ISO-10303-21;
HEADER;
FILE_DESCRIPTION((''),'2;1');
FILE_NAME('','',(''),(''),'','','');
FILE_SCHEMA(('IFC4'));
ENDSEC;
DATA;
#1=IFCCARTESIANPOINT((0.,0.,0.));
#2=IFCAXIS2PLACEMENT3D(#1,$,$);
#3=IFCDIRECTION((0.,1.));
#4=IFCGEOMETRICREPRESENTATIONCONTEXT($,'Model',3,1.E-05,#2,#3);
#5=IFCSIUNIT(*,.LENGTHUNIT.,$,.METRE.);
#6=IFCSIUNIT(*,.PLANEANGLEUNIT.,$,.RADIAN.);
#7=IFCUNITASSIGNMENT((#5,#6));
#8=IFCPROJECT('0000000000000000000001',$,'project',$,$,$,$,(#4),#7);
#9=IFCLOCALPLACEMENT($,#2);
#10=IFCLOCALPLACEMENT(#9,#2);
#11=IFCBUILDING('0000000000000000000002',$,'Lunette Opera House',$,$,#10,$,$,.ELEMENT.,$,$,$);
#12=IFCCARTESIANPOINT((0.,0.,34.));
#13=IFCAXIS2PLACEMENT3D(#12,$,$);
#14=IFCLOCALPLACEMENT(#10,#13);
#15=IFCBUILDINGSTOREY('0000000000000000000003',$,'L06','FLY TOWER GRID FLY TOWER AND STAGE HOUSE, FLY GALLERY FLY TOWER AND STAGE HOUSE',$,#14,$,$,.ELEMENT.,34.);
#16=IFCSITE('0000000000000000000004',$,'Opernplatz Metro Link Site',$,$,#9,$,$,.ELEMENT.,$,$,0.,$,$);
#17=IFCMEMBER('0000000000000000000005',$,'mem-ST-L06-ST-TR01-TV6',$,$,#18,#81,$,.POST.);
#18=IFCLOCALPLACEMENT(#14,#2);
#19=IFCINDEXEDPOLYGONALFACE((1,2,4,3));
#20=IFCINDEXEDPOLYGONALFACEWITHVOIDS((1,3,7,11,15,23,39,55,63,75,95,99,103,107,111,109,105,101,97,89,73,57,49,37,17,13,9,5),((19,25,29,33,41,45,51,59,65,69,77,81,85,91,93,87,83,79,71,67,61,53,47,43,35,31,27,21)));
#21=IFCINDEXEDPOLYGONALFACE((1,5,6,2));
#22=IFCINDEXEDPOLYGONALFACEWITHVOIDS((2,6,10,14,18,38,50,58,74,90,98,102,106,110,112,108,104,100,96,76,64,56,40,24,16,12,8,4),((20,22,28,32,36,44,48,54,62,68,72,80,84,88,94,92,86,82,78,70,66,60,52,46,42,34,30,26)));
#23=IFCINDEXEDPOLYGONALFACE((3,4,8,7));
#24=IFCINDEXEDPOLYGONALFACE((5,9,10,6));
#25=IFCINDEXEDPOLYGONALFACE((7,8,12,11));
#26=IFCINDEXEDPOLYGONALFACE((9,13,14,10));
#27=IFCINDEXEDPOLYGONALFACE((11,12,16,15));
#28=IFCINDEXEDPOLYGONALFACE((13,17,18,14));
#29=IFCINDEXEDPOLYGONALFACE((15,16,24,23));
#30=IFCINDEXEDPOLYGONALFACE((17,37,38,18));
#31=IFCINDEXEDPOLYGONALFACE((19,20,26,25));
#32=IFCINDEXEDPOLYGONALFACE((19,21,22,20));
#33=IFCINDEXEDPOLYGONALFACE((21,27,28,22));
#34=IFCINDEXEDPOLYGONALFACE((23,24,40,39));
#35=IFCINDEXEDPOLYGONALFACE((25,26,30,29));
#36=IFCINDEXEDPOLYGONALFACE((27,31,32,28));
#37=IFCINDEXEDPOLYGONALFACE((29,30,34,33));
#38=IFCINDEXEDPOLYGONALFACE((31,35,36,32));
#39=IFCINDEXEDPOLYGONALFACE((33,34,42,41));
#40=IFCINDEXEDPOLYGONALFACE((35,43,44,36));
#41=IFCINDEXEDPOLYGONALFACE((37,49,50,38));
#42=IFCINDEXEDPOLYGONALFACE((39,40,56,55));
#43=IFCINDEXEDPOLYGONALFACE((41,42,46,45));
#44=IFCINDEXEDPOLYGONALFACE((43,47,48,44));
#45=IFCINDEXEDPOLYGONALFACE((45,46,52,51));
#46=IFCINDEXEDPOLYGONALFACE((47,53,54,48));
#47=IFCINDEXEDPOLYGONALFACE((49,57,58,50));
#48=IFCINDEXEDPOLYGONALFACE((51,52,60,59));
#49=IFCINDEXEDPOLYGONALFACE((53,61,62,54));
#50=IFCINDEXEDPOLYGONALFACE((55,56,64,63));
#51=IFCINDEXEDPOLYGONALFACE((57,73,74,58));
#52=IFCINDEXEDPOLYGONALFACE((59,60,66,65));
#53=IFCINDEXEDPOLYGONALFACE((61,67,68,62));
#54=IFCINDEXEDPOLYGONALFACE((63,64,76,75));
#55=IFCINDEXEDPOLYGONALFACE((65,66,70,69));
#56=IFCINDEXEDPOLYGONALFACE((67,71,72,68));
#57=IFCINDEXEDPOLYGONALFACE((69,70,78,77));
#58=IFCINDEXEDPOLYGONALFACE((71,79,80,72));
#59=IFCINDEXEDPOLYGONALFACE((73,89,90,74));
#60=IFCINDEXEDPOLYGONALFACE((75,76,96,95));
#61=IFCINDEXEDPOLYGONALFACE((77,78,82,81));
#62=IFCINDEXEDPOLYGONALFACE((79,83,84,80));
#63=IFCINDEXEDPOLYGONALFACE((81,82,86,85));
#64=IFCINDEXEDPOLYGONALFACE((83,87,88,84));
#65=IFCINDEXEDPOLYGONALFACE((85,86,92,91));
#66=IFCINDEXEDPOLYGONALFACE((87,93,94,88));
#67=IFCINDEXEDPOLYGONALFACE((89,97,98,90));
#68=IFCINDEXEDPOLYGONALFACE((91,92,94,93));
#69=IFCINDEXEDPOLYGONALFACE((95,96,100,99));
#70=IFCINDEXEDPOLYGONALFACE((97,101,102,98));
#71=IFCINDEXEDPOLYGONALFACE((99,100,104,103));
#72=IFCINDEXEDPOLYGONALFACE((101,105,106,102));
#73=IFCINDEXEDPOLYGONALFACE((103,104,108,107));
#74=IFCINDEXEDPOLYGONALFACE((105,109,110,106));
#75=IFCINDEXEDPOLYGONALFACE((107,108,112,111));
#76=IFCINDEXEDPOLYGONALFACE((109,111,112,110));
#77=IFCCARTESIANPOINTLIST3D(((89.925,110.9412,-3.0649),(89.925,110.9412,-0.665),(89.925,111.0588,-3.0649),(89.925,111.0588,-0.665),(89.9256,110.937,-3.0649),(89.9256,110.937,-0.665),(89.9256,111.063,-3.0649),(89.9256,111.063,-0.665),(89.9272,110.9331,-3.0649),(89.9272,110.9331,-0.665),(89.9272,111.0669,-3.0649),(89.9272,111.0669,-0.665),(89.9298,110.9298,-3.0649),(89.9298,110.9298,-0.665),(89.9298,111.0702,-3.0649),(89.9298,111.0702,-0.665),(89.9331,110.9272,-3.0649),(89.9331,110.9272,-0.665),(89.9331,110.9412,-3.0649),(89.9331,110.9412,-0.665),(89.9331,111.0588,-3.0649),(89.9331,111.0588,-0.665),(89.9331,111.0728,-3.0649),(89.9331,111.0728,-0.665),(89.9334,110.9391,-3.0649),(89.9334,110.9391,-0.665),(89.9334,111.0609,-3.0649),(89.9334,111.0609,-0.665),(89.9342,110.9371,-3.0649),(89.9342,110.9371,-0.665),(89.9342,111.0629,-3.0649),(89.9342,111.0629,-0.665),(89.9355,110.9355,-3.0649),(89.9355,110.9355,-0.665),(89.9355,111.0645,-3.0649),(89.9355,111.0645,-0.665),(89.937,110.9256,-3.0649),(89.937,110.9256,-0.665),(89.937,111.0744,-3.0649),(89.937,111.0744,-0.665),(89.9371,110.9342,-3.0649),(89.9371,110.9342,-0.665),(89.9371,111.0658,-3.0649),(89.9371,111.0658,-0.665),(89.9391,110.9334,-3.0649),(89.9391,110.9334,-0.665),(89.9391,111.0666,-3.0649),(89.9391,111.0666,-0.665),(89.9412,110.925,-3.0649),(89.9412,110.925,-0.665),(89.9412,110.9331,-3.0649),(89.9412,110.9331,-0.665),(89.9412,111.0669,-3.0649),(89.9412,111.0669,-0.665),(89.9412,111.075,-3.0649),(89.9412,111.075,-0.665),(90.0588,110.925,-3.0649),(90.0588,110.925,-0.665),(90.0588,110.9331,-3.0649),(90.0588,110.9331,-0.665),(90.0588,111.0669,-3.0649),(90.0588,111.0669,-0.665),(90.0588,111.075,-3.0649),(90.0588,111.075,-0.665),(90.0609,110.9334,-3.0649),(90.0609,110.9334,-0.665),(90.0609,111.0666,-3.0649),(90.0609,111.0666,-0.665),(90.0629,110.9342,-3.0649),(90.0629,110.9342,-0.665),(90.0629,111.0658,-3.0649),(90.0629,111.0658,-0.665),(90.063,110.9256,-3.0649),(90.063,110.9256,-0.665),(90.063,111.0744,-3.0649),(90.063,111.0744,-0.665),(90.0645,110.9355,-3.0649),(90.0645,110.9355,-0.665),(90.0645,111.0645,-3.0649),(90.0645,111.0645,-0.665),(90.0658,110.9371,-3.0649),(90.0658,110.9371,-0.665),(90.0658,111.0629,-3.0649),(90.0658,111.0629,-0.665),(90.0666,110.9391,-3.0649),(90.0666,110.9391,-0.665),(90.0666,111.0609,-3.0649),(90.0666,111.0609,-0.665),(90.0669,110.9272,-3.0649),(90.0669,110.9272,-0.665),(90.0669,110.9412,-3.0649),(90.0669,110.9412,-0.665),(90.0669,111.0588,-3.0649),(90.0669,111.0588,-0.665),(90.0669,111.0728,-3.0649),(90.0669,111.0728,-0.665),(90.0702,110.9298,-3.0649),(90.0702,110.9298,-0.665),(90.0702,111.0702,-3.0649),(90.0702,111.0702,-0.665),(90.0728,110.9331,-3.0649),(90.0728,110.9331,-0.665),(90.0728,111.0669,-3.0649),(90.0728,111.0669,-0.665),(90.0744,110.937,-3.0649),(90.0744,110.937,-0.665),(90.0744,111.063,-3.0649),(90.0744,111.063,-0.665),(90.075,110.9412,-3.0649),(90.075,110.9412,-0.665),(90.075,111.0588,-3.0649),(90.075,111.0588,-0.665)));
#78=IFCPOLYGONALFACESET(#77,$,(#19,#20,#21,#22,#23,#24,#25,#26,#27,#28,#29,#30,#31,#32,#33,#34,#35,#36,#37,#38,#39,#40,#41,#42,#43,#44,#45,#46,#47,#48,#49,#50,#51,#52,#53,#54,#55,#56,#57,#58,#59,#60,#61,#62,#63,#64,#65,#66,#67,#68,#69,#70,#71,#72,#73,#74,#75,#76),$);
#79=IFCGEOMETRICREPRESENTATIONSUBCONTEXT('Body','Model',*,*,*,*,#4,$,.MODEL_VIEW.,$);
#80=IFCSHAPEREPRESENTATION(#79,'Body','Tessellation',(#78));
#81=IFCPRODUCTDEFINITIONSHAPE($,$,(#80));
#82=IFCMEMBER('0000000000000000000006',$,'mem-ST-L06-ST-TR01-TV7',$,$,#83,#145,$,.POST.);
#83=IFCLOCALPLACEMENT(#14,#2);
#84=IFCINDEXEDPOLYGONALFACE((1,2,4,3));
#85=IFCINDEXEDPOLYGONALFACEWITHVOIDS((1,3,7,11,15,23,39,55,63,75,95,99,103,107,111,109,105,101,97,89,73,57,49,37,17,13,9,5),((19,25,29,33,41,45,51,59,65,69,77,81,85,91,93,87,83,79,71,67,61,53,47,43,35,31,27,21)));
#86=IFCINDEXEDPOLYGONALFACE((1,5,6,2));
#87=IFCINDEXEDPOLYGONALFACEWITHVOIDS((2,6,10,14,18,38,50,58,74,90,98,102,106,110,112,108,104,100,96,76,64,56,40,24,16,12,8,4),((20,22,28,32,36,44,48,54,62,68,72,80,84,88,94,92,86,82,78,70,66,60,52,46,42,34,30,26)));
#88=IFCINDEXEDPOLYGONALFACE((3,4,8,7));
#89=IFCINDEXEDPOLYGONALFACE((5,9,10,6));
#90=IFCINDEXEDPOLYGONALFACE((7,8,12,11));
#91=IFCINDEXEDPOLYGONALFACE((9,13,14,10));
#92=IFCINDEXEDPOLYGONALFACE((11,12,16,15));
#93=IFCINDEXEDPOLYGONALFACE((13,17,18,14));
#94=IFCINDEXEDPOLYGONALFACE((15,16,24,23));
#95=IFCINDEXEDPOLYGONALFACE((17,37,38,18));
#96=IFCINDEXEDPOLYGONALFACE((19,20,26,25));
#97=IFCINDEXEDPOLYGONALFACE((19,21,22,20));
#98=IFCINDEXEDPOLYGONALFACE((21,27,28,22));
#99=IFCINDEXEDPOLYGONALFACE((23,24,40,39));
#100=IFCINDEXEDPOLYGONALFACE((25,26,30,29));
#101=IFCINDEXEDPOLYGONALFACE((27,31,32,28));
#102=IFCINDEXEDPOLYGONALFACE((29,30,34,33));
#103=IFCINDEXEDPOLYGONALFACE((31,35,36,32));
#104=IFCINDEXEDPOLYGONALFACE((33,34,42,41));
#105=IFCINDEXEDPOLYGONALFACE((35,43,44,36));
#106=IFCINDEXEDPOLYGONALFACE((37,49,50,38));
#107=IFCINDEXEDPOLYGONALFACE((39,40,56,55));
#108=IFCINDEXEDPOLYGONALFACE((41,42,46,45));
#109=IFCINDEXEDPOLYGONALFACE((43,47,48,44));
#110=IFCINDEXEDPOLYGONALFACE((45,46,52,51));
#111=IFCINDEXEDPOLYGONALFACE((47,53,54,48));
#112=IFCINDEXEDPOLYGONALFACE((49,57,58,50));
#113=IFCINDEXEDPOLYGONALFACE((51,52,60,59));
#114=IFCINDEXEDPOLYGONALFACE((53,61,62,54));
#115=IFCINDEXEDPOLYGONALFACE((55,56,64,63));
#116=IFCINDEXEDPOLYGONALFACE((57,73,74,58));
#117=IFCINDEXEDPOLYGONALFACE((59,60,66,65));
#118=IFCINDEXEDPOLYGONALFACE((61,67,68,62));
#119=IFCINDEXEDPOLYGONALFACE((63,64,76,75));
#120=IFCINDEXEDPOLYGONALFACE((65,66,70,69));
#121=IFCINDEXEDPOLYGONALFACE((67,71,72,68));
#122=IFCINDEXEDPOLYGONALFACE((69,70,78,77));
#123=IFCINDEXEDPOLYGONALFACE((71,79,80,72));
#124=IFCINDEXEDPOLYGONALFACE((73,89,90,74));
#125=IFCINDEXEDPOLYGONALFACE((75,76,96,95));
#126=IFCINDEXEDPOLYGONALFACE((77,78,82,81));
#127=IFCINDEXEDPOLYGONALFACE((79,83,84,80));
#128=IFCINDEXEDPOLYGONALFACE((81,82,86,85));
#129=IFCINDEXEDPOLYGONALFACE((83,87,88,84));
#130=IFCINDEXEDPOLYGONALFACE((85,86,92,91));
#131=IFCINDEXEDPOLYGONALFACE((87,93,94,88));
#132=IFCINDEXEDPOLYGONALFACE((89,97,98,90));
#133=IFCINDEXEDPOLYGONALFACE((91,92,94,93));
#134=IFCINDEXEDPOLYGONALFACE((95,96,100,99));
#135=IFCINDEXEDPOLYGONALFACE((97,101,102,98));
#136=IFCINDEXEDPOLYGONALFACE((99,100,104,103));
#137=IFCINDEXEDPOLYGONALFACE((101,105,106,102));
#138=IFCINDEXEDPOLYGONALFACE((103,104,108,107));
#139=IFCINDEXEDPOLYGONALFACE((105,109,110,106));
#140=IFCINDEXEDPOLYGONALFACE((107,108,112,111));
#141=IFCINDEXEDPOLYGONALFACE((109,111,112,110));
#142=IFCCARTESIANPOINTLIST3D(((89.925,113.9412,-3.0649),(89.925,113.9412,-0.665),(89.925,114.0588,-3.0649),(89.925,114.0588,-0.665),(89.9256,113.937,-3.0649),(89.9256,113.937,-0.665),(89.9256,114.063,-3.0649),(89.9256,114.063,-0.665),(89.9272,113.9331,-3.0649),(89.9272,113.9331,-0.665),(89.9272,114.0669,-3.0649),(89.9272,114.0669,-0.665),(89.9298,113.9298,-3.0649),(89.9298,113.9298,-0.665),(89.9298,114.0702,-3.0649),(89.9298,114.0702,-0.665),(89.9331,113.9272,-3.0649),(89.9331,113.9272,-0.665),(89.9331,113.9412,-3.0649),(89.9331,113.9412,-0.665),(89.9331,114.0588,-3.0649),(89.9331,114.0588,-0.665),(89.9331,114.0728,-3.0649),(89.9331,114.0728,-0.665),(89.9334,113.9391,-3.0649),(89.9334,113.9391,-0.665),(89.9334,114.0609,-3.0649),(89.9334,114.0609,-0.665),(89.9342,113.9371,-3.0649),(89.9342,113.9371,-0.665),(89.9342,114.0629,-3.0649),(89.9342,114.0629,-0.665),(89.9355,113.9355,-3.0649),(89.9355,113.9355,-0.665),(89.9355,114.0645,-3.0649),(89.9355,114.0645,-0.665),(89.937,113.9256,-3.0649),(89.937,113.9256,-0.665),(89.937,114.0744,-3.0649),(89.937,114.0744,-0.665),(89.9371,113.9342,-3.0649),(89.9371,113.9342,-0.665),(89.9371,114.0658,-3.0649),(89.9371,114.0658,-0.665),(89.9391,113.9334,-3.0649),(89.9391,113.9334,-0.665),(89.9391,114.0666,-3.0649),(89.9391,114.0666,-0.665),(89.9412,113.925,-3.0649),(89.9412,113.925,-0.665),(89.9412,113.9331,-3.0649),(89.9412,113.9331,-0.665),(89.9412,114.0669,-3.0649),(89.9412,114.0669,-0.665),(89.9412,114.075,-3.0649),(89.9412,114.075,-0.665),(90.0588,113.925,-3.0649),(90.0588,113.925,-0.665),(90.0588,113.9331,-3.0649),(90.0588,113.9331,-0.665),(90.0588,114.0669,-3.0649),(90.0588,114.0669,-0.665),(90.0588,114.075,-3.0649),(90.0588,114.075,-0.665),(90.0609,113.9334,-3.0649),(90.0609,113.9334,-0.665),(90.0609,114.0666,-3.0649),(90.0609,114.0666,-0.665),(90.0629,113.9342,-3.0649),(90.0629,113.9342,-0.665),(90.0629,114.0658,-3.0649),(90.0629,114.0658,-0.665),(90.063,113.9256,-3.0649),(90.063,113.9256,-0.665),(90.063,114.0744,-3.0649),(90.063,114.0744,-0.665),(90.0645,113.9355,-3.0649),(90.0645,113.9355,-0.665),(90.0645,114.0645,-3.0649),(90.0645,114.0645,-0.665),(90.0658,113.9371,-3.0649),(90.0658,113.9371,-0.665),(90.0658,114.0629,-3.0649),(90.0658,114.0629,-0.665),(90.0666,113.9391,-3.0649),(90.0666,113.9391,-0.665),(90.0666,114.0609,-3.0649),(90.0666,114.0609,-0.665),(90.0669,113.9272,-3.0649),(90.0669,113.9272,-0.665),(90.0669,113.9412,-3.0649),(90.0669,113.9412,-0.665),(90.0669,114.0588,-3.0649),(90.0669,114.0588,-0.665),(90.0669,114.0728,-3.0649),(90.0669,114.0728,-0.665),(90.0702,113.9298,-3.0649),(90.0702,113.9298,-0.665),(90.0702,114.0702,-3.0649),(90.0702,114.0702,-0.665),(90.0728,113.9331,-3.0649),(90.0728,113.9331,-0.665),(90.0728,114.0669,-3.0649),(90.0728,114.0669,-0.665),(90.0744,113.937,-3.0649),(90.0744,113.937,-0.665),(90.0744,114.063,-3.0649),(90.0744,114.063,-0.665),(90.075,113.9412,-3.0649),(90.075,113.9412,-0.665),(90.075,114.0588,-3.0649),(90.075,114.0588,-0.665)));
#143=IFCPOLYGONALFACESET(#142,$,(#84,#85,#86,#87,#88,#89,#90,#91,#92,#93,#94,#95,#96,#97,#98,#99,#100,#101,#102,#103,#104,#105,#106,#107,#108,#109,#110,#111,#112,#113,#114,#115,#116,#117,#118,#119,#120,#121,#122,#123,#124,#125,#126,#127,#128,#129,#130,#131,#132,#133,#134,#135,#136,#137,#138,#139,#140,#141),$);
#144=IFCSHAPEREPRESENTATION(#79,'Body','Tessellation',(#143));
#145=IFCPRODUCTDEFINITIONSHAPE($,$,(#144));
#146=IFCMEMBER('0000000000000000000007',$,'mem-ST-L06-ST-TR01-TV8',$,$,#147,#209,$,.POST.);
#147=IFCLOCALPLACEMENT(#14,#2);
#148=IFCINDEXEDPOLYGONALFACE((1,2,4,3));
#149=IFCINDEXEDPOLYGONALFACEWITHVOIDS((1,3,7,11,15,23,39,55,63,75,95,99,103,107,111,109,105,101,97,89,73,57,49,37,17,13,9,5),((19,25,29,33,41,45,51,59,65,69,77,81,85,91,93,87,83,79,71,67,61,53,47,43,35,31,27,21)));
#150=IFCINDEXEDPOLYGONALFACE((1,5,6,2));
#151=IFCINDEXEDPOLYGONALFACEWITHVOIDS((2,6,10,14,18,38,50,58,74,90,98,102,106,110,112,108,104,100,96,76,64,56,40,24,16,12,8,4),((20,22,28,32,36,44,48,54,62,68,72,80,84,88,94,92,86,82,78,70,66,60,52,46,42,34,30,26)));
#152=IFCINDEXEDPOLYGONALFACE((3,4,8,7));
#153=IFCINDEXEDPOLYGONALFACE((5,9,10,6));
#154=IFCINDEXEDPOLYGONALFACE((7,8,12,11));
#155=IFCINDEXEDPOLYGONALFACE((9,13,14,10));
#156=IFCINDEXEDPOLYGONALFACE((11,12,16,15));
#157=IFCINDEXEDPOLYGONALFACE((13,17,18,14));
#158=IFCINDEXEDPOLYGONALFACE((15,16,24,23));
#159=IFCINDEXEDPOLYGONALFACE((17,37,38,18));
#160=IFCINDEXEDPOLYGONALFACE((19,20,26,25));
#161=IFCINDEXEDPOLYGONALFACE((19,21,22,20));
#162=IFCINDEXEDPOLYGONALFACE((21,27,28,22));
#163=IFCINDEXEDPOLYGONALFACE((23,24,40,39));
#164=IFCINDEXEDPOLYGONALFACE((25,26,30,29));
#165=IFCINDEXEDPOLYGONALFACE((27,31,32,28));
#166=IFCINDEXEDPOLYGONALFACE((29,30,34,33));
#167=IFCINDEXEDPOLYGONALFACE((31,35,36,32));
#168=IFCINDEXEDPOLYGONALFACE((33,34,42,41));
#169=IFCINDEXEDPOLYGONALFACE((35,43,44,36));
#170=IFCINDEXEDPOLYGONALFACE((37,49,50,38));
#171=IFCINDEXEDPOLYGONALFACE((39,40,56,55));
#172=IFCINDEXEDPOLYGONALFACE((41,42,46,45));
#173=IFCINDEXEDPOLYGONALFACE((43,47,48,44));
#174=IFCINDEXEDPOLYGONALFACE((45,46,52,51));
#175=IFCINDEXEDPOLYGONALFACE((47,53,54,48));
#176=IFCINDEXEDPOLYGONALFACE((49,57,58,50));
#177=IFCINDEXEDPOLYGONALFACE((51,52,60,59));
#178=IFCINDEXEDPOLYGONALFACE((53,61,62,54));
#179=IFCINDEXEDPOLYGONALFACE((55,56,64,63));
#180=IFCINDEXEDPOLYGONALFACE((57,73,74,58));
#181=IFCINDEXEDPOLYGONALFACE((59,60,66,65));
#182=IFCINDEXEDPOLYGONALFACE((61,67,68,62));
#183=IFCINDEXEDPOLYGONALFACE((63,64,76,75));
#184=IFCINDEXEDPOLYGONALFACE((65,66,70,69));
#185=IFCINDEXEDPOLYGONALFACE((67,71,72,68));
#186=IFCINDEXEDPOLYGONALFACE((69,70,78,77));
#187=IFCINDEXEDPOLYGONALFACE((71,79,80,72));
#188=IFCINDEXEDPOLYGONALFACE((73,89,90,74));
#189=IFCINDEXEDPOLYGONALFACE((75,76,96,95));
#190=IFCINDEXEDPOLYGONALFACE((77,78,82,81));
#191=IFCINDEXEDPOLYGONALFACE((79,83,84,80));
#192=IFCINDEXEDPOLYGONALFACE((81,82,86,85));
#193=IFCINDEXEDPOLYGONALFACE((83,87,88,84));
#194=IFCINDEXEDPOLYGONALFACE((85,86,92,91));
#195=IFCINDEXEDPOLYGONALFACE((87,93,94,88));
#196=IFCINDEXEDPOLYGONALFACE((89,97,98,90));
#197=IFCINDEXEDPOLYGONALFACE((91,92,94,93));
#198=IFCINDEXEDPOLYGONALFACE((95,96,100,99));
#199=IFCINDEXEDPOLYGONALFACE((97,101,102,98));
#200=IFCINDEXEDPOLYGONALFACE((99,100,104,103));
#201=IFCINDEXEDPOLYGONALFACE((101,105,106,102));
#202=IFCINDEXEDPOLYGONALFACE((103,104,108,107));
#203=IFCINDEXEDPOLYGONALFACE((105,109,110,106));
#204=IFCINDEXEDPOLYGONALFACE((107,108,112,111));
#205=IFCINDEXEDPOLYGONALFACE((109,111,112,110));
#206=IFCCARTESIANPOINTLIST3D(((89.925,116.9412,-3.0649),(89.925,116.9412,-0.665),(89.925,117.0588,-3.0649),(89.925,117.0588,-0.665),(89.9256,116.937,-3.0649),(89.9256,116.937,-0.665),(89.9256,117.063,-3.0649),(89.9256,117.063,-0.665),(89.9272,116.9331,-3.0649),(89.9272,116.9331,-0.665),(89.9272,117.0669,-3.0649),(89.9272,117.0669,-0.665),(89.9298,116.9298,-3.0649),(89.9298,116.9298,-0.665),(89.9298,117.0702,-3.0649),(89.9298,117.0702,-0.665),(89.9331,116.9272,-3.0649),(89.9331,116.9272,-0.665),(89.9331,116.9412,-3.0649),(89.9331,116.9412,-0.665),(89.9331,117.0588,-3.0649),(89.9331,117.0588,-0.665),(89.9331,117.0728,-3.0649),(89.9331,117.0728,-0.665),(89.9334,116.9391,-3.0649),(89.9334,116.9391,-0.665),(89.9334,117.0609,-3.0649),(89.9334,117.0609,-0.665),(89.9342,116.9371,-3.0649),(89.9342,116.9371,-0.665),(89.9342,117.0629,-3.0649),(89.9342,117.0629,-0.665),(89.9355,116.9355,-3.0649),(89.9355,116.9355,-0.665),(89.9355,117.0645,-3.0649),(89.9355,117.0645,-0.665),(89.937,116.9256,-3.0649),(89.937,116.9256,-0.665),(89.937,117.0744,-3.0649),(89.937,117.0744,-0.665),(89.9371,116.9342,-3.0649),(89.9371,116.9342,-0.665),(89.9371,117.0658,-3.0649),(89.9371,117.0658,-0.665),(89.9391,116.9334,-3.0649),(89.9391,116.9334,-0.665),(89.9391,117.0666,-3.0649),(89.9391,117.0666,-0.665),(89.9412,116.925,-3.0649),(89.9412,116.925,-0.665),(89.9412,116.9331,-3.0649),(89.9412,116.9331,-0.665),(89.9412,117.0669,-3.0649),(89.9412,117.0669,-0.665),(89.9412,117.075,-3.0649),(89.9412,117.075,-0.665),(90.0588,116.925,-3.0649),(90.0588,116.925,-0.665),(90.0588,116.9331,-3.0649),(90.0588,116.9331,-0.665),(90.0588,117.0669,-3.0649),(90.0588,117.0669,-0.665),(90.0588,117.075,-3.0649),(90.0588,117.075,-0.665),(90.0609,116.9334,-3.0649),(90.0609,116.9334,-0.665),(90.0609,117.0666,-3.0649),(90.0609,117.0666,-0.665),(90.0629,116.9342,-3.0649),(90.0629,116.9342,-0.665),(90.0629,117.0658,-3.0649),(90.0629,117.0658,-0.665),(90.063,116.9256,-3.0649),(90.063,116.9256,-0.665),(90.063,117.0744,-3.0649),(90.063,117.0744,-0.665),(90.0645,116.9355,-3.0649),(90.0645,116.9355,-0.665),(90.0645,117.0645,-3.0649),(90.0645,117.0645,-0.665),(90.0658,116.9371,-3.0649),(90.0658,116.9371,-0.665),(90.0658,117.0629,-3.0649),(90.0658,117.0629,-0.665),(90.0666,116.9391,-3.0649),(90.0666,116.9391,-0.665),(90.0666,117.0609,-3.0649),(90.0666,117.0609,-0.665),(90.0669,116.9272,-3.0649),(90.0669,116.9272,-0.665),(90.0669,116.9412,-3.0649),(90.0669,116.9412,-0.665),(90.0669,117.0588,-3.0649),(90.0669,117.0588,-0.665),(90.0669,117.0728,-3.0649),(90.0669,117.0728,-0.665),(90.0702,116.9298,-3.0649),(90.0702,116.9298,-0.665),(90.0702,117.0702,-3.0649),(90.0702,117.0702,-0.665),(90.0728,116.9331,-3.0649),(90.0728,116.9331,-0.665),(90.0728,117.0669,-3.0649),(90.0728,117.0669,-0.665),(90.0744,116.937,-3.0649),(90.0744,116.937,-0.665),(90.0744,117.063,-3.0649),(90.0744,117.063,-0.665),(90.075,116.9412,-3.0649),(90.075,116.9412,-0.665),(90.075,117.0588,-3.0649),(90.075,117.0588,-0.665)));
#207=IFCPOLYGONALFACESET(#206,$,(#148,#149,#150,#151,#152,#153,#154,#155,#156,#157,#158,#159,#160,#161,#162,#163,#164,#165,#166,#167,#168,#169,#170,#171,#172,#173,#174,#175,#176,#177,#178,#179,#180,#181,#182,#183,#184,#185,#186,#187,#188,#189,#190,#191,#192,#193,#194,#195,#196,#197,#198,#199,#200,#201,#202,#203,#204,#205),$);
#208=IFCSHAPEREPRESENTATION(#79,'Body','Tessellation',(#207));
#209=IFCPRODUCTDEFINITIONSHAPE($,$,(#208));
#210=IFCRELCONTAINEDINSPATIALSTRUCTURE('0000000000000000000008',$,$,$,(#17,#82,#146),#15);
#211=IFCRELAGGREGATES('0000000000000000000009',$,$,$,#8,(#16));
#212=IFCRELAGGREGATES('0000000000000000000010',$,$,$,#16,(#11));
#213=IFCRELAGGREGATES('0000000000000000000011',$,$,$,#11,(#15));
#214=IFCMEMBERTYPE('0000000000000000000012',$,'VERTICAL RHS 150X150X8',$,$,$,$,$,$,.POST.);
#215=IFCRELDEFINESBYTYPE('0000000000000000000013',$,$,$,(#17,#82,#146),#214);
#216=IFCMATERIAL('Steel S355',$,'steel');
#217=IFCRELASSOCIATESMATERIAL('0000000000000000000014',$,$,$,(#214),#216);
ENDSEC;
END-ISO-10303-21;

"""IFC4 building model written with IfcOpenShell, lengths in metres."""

from ifc_helpers import new_model, si_unit, direction, frame, origin, origin_2d, place, context, subcontext, project, spatial, hollow_rectangle, extrude, material, material_profile, profile_set, type_object, element, save


model = new_model("IFC4")

# Units and contexts
model_context = context("Model", 3, precision=1e-05, world=origin(), true_north=direction((0.0, 1.0)))
body_context = subcontext(model_context, "Body", "Model", "MODEL_VIEW")
ifc_project = project(units=[si_unit("LENGTHUNIT", "METRE"), si_unit("PLANEANGLEUNIT", "RADIAN")], contexts=[model_context])

# Site, building, storey
site_placement = place(None, origin())
site = spatial("IfcSite", under=ifc_project, at=site_placement, Name="Opernplatz Metro Link Site", CompositionType="ELEMENT", RefElevation=0.0)
building_placement = place(site_placement, origin())
building = spatial("IfcBuilding", under=site, at=building_placement, Name="Lunette Opera House", CompositionType="ELEMENT")
storey_placement = place(building_placement, frame((0.0, 0.0, 34.0)))
storey = spatial("IfcBuildingStorey", under=building, at=storey_placement, Name="L06", Description="FLY TOWER GRID FLY TOWER AND STAGE HOUSE, FLY GALLERY FLY TOWER AND STAGE HOUSE", CompositionType="ELEMENT", Elevation=34.0)

# Members
ifc_material_1 = material(Name="Steel S355", Category="steel")
ifc_material_profile_1 = material_profile(ifc_material_1, hollow_rectangle(XDim=0.1499, YDim=0.1499, WallThickness=0.0081, InnerFilletRadius=0.0081, OuterFilletRadius=0.0161, at=origin_2d()), Name="RHS 150X150X8")
ifc_profile_set_1 = profile_set([ifc_material_profile_1], Name="Steel S355")
member_type_1 = type_object("IfcMemberType", Name="VERTICAL RHS 150X150X8", PredefinedType="POST", material=ifc_profile_set_1)
for number, where, z_axis, x_axis, name in (
    (1, (90.0, 111.0, -3.0649), (0.0, 0.0, 1.0), (1.0, 0.0, 0.0), "mem-ST-L06-ST-TR01-TV6"),
    (2, (90.0, 114.0, -3.0649), (0.0, 0.0, 1.0), (1.0, 0.0, 0.0), "mem-ST-L06-ST-TR01-TV7"),
    (3, (90.0, 117.0, -3.0649), (0.0, 0.0, 1.0), (1.0, 0.0, 0.0), "mem-ST-L06-ST-TR01-TV8"),
):
    element("IfcMember", number, at=place(storey_placement, frame(where, z_axis=z_axis, x_axis=x_axis)), inside=storey, type_object=member_type_1, Name=name, PredefinedType="POST", context=body_context, shape_type="SweptSolid", body=[
        extrude(hollow_rectangle(XDim=0.1499, YDim=0.1499, WallThickness=0.0081, InnerFilletRadius=0.0081, OuterFilletRadius=0.0161, at=origin_2d()), origin(), (0.0, 0.0, 1.0), 2.3999),
    ])

save(model, "model.ifc")
